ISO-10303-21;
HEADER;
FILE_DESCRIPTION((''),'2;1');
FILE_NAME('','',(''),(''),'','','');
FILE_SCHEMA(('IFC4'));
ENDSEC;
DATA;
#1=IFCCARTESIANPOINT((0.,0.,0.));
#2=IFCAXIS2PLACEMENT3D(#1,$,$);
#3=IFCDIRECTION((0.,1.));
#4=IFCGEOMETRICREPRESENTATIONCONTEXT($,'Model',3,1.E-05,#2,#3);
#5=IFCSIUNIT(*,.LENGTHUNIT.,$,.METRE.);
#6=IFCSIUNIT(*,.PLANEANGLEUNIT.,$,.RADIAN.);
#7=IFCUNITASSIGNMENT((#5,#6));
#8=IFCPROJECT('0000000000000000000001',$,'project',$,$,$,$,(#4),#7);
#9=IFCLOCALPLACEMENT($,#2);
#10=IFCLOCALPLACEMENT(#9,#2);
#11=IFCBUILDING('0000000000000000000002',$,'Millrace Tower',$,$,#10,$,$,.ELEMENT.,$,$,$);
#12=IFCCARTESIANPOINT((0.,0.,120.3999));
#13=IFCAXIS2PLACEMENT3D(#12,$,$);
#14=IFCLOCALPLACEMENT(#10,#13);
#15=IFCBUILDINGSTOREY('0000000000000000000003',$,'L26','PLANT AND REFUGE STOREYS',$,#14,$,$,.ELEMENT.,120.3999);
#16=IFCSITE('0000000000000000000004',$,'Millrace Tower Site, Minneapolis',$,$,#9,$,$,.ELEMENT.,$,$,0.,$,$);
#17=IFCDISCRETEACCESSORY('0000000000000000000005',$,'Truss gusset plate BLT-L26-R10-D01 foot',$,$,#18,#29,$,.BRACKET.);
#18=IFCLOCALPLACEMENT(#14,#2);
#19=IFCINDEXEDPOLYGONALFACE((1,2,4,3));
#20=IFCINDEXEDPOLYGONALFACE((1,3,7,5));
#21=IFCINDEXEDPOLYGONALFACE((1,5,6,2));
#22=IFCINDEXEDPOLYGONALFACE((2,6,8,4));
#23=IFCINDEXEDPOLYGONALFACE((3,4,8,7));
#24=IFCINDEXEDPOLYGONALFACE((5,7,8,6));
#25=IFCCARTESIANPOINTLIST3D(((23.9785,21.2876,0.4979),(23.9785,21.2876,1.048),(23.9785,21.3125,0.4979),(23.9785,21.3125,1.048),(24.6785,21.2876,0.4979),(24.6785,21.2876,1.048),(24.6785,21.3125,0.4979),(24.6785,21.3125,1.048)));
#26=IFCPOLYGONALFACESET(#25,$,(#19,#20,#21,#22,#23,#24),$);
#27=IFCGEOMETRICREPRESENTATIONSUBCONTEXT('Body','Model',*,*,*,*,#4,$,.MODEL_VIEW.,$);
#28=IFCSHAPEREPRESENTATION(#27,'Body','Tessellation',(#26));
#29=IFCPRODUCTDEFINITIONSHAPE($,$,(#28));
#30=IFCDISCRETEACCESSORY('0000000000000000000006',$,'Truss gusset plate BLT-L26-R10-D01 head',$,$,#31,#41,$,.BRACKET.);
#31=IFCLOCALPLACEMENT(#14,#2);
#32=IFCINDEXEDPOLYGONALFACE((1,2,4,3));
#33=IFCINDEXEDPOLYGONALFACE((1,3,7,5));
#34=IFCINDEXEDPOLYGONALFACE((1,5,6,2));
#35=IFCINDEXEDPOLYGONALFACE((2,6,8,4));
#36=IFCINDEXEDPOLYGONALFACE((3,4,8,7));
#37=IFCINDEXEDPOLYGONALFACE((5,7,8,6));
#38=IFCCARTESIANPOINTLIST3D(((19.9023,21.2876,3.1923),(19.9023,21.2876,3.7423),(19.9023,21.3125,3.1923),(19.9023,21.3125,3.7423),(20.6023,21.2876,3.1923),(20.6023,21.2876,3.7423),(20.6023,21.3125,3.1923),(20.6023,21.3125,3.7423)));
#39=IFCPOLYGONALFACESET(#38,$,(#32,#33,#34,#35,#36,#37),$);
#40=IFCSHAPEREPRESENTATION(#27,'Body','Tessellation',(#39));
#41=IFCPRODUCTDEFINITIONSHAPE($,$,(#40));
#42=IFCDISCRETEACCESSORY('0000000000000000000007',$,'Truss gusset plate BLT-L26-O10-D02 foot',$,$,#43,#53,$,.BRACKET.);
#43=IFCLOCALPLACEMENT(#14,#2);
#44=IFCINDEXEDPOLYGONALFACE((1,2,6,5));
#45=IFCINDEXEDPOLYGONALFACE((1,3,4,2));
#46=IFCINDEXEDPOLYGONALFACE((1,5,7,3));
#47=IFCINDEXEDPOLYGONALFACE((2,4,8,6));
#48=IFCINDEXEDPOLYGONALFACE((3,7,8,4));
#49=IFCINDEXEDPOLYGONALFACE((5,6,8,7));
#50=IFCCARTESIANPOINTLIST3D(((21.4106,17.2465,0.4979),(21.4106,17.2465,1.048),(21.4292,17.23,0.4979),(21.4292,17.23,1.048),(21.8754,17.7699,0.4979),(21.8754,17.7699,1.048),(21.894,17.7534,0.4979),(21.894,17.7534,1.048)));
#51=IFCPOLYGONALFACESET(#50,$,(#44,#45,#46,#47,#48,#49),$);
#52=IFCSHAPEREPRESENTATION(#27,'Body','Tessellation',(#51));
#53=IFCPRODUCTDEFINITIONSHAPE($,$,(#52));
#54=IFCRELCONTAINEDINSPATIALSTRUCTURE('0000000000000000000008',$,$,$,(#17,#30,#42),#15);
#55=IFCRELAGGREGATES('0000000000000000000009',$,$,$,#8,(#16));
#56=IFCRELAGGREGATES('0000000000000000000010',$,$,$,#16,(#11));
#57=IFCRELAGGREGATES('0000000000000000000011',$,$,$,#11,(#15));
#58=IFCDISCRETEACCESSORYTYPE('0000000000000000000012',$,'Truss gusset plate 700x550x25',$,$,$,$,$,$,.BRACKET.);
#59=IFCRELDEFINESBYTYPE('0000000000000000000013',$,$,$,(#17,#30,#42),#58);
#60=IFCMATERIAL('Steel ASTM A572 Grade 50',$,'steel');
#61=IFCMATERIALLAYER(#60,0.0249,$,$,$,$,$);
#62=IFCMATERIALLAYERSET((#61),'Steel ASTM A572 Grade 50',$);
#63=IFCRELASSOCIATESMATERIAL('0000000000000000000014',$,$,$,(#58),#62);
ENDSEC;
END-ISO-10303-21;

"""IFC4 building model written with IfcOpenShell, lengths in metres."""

from ifc_helpers import new_model, si_unit, direction, frame, origin, origin_2d, place, context, subcontext, project, spatial, rectangle, extrude, material, layer, layer_set, type_object, element, save


model = new_model("IFC4")

# Units and contexts
model_context = context("Model", 3, precision=1e-05, world=origin(), true_north=direction((0.0, 1.0)))
body_context = subcontext(model_context, "Body", "Model", "MODEL_VIEW")
ifc_project = project(units=[si_unit("LENGTHUNIT", "METRE"), si_unit("PLANEANGLEUNIT", "RADIAN")], contexts=[model_context])

# Site, building, storey
site_placement = place(None, origin())
site = spatial("IfcSite", under=ifc_project, at=site_placement, Name="Millrace Tower Site, Minneapolis", CompositionType="ELEMENT", RefElevation=0.0)
building_placement = place(site_placement, origin())
building = spatial("IfcBuilding", under=site, at=building_placement, Name="Millrace Tower", CompositionType="ELEMENT")
storey_placement = place(building_placement, frame((0.0, 0.0, 120.3999)))
storey = spatial("IfcBuildingStorey", under=building, at=storey_placement, Name="L26", Description="PLANT AND REFUGE STOREYS", CompositionType="ELEMENT", Elevation=120.3999)

# Discrete accessories
ifc_material_1 = material(Name="Steel ASTM A572 Grade 50", Category="steel")
ifc_layer_1 = layer(ifc_material_1, 0.0249)
ifc_layer_set_1 = layer_set([ifc_layer_1], Name="Steel ASTM A572 Grade 50")
discrete_accessory_type = type_object("IfcDiscreteAccessoryType", Name="Truss gusset plate 700x550x25", PredefinedType="BRACKET", material=ifc_layer_set_1)
for number, where, z_axis, x_axis, name in (
    (1, (23.9785, 21.3, 0.7729), (1.0, 0.0, 0.0), (0.0, 1.0, 0.0), "Truss gusset plate BLT-L26-R10-D01 foot"),
    (2, (19.9023, 21.3, 3.4673), (1.0, 0.0, 0.0), (0.0, 1.0, 0.0), "Truss gusset plate BLT-L26-R10-D01 head"),
    (3, (21.4199, 17.2383, 0.7729), (0.664017, 0.747717, 0.0), (-0.747717, 0.664017, 0.0), "Truss gusset plate BLT-L26-O10-D02 foot"),
):
    element("IfcDiscreteAccessory", number, at=place(storey_placement, frame(where, z_axis=z_axis, x_axis=x_axis)), inside=storey, type_object=discrete_accessory_type, Name=name, PredefinedType="BRACKET", context=body_context, shape_type="SweptSolid", body=[
        extrude(rectangle(XDim=0.0249, YDim=0.55, at=origin_2d()), origin(), (0.0, 0.0, 1.0), 0.7),
    ])

save(model, "model.ifc")
